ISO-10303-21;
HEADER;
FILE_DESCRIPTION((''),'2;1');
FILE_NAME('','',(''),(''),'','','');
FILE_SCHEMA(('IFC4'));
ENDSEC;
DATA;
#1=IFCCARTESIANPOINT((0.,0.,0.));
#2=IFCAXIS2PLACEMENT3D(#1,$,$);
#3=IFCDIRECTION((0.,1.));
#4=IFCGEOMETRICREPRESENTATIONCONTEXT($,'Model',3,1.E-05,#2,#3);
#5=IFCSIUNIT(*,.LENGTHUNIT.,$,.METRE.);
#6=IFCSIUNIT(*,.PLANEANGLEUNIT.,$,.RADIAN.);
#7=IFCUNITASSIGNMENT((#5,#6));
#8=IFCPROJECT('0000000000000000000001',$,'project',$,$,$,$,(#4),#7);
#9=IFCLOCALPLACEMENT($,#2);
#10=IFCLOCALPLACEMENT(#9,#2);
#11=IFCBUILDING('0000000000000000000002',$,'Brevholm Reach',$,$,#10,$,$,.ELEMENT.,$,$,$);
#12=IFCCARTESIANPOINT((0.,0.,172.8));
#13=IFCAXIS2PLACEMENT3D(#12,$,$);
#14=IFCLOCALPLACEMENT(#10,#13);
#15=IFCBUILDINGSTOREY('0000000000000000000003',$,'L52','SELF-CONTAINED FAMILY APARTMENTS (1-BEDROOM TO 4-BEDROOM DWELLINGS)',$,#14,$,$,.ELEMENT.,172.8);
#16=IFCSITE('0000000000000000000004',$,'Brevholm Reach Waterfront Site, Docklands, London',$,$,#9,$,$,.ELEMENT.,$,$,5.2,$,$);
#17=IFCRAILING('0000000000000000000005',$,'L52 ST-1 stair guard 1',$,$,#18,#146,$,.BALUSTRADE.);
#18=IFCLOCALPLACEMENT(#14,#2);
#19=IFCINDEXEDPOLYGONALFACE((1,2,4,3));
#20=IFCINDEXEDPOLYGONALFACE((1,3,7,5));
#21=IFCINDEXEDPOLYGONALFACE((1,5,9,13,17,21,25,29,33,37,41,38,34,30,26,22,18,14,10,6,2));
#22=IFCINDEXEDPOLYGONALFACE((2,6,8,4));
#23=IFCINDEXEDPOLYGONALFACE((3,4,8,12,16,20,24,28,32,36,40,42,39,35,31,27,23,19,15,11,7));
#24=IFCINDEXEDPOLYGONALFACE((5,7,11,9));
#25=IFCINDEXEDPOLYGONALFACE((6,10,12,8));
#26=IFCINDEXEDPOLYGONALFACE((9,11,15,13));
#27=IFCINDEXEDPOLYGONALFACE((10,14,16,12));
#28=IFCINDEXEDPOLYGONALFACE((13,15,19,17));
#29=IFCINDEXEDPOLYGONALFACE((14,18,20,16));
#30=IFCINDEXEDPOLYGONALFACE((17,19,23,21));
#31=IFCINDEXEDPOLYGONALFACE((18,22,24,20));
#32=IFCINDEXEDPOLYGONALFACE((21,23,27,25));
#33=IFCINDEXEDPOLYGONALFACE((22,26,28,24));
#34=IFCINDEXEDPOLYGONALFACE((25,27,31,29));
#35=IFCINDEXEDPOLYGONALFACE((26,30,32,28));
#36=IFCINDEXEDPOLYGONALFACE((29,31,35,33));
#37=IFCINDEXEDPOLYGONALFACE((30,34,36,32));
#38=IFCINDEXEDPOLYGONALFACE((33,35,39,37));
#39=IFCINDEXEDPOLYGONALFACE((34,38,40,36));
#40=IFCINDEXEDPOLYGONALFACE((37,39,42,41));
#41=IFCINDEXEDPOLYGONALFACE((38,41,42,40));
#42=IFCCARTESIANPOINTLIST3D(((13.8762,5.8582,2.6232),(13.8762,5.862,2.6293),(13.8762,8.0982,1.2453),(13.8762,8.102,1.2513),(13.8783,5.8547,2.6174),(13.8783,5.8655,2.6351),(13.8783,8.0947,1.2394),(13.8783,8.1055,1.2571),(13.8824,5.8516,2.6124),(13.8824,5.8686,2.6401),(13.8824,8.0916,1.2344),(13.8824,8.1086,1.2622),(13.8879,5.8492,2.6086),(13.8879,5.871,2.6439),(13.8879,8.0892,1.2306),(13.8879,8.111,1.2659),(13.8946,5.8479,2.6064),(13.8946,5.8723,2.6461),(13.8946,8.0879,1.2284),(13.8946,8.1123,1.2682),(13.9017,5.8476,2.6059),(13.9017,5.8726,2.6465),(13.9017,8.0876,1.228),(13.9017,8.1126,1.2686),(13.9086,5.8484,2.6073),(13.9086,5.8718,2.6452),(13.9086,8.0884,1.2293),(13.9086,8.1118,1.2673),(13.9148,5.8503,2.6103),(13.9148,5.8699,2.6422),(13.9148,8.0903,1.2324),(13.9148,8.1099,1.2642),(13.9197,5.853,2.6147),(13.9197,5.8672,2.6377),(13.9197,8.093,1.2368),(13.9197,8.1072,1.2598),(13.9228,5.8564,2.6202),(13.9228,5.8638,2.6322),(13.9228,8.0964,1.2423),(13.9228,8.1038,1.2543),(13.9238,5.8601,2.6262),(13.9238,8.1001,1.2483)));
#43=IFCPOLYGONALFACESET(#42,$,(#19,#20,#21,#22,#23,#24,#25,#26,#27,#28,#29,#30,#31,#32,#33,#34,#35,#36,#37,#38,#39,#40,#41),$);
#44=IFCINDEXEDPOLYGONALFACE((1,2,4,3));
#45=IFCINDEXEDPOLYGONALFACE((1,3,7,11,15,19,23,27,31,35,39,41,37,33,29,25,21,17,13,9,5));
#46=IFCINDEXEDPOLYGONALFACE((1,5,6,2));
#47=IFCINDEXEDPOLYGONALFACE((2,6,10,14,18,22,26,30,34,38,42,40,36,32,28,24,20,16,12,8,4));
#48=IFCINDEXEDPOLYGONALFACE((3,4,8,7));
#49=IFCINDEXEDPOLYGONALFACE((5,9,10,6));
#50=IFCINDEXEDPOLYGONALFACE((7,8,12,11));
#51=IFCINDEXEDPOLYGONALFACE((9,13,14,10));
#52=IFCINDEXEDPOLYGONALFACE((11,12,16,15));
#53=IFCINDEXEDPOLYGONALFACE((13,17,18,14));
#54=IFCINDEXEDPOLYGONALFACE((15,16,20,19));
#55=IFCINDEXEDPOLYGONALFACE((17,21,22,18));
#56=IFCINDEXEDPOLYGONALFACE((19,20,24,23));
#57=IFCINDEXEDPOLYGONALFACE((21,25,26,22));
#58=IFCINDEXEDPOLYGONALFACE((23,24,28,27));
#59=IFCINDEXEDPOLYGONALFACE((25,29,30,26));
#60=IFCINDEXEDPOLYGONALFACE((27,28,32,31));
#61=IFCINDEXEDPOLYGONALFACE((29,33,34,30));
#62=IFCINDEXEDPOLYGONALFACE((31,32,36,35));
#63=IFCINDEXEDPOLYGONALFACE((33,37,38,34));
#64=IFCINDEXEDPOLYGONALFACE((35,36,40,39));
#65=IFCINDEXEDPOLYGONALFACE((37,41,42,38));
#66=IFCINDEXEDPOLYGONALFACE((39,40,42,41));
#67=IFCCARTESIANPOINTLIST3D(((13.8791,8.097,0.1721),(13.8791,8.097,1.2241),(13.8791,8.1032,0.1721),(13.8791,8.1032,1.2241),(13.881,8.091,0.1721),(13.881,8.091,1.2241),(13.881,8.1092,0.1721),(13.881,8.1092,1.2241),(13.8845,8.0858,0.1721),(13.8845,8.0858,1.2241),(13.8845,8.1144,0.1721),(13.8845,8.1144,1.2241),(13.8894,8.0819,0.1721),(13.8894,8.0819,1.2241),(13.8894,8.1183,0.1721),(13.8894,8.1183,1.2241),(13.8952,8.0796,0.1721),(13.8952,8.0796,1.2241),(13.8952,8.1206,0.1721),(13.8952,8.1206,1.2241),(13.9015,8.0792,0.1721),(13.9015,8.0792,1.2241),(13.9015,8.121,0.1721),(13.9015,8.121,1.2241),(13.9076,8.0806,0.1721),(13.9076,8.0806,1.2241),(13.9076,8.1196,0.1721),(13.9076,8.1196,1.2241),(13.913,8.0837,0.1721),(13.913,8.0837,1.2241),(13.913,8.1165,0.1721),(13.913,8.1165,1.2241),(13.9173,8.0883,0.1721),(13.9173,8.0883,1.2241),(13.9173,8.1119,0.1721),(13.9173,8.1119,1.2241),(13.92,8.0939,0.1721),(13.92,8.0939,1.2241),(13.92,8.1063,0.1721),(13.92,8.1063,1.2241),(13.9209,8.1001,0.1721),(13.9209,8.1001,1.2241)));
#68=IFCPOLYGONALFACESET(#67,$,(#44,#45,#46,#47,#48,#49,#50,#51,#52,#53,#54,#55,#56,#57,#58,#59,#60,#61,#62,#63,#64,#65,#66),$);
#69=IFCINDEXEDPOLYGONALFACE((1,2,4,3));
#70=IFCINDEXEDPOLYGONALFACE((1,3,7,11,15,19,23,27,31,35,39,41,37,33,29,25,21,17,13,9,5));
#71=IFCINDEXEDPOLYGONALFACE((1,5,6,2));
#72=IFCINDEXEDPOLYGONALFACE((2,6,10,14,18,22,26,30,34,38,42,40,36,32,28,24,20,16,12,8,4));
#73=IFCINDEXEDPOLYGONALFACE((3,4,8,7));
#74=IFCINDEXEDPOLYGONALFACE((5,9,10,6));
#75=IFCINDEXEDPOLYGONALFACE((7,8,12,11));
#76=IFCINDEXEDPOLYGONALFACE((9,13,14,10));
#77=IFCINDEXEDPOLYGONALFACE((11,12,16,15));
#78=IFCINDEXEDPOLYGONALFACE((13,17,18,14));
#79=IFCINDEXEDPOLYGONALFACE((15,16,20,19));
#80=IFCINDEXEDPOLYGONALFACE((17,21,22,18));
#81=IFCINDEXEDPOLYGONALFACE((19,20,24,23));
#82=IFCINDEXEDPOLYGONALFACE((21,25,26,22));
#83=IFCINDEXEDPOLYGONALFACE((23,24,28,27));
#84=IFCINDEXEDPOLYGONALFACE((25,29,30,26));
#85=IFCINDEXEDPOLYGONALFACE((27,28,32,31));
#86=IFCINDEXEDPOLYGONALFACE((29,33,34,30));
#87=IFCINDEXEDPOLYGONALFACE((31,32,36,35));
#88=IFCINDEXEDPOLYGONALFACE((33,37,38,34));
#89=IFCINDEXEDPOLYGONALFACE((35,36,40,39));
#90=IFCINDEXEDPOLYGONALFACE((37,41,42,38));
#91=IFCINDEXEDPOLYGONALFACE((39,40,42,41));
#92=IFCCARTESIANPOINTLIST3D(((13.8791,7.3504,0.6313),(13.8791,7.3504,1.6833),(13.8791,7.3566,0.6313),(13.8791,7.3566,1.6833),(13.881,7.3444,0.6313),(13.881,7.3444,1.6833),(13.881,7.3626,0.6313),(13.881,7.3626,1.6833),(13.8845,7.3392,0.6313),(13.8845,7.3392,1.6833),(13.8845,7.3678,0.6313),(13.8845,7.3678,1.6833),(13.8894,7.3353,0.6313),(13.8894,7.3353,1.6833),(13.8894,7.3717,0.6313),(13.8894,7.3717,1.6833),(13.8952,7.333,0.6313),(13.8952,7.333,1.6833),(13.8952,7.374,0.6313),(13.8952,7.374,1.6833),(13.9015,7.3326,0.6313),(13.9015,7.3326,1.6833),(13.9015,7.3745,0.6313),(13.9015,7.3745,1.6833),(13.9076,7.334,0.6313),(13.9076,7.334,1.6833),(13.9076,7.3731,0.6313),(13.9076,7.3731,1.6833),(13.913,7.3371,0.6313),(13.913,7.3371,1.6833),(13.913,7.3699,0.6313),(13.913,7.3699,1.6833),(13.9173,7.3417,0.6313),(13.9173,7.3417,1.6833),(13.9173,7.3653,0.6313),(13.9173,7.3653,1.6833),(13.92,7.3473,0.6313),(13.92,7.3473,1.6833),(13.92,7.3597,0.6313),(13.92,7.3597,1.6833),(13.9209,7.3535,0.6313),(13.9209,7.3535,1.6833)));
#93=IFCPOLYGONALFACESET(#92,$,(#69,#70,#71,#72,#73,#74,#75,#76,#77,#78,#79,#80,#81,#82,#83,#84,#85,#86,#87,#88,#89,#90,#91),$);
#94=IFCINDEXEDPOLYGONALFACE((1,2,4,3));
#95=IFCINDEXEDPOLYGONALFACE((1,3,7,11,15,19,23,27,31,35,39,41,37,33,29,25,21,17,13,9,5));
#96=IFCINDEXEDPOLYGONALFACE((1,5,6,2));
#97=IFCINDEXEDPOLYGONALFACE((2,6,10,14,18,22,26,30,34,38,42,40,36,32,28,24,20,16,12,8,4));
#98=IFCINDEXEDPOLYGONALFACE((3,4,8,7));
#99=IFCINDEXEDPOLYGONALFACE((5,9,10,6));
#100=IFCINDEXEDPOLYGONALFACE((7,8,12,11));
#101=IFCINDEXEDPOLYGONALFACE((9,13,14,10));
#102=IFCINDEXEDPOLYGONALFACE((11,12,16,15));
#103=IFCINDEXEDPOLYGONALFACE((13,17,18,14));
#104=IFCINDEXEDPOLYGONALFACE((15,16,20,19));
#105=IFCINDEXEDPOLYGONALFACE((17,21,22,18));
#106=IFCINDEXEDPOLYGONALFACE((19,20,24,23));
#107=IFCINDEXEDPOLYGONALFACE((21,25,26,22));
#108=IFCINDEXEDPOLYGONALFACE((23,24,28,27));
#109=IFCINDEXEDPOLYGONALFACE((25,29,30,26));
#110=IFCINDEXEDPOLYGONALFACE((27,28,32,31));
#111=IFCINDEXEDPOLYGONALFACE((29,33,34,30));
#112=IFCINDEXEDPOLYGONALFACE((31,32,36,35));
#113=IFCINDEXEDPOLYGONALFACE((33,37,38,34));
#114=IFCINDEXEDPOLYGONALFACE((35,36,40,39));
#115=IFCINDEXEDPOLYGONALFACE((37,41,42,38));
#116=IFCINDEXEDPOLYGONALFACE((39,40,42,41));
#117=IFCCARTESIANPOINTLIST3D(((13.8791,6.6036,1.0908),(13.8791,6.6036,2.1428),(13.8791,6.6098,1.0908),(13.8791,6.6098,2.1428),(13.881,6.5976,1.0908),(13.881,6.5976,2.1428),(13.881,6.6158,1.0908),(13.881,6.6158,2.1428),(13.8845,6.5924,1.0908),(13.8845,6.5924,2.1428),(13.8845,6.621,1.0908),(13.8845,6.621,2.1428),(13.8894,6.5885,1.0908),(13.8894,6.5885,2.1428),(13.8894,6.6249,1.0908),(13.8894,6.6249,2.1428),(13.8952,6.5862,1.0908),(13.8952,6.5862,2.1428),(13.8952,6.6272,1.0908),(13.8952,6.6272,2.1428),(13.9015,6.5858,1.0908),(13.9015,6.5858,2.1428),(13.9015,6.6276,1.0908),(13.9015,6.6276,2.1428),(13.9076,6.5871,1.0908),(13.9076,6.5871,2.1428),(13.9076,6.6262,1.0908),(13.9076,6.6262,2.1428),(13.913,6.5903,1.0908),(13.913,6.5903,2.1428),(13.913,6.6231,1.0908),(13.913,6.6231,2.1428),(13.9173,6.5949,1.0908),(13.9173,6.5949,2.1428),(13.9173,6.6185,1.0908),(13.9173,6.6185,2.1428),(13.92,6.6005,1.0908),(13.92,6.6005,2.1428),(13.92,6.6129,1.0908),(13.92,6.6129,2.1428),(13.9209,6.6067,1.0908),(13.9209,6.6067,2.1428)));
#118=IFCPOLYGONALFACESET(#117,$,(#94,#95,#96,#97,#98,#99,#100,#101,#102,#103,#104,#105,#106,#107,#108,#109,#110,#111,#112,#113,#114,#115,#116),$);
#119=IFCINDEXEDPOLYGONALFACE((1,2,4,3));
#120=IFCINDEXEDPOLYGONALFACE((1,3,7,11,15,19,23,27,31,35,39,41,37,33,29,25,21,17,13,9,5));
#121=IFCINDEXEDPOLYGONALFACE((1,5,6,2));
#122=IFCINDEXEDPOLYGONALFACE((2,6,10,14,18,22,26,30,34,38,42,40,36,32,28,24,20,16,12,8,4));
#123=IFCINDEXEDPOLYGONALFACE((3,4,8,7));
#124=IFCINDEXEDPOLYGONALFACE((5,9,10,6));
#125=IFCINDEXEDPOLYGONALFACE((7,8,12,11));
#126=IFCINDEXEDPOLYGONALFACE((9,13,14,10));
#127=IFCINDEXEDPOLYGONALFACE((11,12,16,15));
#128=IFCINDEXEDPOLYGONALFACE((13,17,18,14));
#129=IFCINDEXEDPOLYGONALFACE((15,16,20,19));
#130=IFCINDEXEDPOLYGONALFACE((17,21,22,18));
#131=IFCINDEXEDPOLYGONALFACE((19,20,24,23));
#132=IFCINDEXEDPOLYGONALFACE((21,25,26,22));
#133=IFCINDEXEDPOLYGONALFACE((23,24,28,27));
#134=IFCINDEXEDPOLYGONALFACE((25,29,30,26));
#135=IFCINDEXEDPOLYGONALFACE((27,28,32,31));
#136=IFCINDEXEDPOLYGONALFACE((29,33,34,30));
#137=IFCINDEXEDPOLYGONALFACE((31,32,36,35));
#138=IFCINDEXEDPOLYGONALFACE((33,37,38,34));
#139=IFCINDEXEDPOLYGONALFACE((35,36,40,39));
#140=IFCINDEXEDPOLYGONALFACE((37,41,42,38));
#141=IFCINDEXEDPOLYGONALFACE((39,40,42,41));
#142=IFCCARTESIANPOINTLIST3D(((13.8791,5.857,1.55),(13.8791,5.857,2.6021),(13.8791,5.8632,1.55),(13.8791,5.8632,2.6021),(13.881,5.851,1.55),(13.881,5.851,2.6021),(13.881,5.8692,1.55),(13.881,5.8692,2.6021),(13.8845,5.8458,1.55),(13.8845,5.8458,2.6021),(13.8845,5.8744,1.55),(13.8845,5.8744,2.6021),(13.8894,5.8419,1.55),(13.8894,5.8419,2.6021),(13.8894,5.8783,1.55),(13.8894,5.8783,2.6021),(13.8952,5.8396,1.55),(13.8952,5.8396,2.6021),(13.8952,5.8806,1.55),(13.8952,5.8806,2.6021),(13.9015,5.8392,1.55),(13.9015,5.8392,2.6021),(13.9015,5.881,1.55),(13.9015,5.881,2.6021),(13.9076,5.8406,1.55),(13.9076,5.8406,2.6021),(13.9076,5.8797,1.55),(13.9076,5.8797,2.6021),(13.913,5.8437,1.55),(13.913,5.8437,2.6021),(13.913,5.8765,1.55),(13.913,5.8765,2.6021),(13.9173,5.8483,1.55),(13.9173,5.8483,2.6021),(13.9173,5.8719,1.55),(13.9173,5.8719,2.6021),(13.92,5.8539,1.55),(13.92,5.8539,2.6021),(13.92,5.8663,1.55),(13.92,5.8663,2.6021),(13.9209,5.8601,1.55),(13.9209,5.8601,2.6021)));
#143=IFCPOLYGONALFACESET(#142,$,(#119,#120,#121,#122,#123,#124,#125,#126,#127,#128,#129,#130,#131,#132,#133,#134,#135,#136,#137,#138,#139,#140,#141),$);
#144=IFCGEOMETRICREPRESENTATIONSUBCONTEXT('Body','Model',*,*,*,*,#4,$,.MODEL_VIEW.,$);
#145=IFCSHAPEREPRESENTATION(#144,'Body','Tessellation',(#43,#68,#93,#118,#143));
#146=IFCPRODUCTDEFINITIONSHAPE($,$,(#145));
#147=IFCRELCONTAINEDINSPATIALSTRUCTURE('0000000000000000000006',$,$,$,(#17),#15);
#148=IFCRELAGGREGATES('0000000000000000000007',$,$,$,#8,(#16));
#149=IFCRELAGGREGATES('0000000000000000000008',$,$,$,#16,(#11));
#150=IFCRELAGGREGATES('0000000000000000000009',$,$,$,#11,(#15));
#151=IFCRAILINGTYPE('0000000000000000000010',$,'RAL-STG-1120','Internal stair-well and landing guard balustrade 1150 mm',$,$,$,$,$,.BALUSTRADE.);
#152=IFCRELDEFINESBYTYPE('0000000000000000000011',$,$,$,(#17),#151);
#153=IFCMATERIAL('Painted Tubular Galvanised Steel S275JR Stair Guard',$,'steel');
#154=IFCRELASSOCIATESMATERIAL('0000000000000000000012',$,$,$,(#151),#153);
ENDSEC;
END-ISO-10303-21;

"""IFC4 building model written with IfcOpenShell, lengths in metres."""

from ifc_helpers import new_model, si_unit, direction, frame, origin, origin_2d, place, context, subcontext, project, spatial, circle, extrude, material, type_object, element, save


model = new_model("IFC4")

# Units and contexts
model_context = context("Model", 3, precision=1e-05, world=origin(), true_north=direction((0.0, 1.0)))
body_context = subcontext(model_context, "Body", "Model", "MODEL_VIEW")
ifc_project = project(units=[si_unit("LENGTHUNIT", "METRE"), si_unit("PLANEANGLEUNIT", "RADIAN")], contexts=[model_context])

# Site, building, storey
site_placement = place(None, origin())
site = spatial("IfcSite", under=ifc_project, at=site_placement, Name="Brevholm Reach Waterfront Site, Docklands, London", CompositionType="ELEMENT", RefElevation=5.2)
building_placement = place(site_placement, origin())
building = spatial("IfcBuilding", under=site, at=building_placement, Name="Brevholm Reach", CompositionType="ELEMENT")
storey_placement = place(building_placement, frame((0.0, 0.0, 172.8)))
storey = spatial("IfcBuildingStorey", under=building, at=storey_placement, Name="L52", Description="SELF-CONTAINED FAMILY APARTMENTS (1-BEDROOM TO 4-BEDROOM DWELLINGS)", CompositionType="ELEMENT", Elevation=172.8)

# Railing
ifc_material_1 = material(Name="Painted Tubular Galvanised Steel S275JR Stair Guard", Category="steel")
railing_type_1 = type_object("IfcRailingType", Name="RAL-STG-1120", Description="Internal stair-well and landing guard balustrade 1150 mm", PredefinedType="BALUSTRADE", material=ifc_material_1)
railing_1_placement = place(storey_placement, frame((13.8999, 8.1001, 0.1721)))
element("IfcRailing", 1, at=railing_1_placement, inside=storey, type_object=railing_type_1, Name="L52 ST-1 stair guard 1", PredefinedType="BALUSTRADE", context=body_context, shape_type="SweptSolid", body=[
    extrude(circle(Radius=0.0239, at=origin_2d()), frame((0.0, 0.0, 1.0762), z_axis=(0.0, -0.851748, 0.523952), x_axis=(1.0, 0.0, 0.0)), (0.0, 0.0, 1.0), 2.6299),
    extrude(circle(Radius=0.021, at=origin_2d()), origin(), (0.0, 0.0, 1.0), 1.052),
    extrude(circle(Radius=0.021, at=origin_2d()), frame((0.0, -0.7466, 0.4592)), (0.0, 0.0, 1.0), 1.052),
    extrude(circle(Radius=0.021, at=origin_2d()), frame((0.0, -1.4934, 0.9187)), (0.0, 0.0, 1.0), 1.052),
    extrude(circle(Radius=0.021, at=origin_2d()), frame((0.0, -2.24, 1.3779)), (0.0, 0.0, 1.0), 1.052),
])

save(model, "model.ifc")
